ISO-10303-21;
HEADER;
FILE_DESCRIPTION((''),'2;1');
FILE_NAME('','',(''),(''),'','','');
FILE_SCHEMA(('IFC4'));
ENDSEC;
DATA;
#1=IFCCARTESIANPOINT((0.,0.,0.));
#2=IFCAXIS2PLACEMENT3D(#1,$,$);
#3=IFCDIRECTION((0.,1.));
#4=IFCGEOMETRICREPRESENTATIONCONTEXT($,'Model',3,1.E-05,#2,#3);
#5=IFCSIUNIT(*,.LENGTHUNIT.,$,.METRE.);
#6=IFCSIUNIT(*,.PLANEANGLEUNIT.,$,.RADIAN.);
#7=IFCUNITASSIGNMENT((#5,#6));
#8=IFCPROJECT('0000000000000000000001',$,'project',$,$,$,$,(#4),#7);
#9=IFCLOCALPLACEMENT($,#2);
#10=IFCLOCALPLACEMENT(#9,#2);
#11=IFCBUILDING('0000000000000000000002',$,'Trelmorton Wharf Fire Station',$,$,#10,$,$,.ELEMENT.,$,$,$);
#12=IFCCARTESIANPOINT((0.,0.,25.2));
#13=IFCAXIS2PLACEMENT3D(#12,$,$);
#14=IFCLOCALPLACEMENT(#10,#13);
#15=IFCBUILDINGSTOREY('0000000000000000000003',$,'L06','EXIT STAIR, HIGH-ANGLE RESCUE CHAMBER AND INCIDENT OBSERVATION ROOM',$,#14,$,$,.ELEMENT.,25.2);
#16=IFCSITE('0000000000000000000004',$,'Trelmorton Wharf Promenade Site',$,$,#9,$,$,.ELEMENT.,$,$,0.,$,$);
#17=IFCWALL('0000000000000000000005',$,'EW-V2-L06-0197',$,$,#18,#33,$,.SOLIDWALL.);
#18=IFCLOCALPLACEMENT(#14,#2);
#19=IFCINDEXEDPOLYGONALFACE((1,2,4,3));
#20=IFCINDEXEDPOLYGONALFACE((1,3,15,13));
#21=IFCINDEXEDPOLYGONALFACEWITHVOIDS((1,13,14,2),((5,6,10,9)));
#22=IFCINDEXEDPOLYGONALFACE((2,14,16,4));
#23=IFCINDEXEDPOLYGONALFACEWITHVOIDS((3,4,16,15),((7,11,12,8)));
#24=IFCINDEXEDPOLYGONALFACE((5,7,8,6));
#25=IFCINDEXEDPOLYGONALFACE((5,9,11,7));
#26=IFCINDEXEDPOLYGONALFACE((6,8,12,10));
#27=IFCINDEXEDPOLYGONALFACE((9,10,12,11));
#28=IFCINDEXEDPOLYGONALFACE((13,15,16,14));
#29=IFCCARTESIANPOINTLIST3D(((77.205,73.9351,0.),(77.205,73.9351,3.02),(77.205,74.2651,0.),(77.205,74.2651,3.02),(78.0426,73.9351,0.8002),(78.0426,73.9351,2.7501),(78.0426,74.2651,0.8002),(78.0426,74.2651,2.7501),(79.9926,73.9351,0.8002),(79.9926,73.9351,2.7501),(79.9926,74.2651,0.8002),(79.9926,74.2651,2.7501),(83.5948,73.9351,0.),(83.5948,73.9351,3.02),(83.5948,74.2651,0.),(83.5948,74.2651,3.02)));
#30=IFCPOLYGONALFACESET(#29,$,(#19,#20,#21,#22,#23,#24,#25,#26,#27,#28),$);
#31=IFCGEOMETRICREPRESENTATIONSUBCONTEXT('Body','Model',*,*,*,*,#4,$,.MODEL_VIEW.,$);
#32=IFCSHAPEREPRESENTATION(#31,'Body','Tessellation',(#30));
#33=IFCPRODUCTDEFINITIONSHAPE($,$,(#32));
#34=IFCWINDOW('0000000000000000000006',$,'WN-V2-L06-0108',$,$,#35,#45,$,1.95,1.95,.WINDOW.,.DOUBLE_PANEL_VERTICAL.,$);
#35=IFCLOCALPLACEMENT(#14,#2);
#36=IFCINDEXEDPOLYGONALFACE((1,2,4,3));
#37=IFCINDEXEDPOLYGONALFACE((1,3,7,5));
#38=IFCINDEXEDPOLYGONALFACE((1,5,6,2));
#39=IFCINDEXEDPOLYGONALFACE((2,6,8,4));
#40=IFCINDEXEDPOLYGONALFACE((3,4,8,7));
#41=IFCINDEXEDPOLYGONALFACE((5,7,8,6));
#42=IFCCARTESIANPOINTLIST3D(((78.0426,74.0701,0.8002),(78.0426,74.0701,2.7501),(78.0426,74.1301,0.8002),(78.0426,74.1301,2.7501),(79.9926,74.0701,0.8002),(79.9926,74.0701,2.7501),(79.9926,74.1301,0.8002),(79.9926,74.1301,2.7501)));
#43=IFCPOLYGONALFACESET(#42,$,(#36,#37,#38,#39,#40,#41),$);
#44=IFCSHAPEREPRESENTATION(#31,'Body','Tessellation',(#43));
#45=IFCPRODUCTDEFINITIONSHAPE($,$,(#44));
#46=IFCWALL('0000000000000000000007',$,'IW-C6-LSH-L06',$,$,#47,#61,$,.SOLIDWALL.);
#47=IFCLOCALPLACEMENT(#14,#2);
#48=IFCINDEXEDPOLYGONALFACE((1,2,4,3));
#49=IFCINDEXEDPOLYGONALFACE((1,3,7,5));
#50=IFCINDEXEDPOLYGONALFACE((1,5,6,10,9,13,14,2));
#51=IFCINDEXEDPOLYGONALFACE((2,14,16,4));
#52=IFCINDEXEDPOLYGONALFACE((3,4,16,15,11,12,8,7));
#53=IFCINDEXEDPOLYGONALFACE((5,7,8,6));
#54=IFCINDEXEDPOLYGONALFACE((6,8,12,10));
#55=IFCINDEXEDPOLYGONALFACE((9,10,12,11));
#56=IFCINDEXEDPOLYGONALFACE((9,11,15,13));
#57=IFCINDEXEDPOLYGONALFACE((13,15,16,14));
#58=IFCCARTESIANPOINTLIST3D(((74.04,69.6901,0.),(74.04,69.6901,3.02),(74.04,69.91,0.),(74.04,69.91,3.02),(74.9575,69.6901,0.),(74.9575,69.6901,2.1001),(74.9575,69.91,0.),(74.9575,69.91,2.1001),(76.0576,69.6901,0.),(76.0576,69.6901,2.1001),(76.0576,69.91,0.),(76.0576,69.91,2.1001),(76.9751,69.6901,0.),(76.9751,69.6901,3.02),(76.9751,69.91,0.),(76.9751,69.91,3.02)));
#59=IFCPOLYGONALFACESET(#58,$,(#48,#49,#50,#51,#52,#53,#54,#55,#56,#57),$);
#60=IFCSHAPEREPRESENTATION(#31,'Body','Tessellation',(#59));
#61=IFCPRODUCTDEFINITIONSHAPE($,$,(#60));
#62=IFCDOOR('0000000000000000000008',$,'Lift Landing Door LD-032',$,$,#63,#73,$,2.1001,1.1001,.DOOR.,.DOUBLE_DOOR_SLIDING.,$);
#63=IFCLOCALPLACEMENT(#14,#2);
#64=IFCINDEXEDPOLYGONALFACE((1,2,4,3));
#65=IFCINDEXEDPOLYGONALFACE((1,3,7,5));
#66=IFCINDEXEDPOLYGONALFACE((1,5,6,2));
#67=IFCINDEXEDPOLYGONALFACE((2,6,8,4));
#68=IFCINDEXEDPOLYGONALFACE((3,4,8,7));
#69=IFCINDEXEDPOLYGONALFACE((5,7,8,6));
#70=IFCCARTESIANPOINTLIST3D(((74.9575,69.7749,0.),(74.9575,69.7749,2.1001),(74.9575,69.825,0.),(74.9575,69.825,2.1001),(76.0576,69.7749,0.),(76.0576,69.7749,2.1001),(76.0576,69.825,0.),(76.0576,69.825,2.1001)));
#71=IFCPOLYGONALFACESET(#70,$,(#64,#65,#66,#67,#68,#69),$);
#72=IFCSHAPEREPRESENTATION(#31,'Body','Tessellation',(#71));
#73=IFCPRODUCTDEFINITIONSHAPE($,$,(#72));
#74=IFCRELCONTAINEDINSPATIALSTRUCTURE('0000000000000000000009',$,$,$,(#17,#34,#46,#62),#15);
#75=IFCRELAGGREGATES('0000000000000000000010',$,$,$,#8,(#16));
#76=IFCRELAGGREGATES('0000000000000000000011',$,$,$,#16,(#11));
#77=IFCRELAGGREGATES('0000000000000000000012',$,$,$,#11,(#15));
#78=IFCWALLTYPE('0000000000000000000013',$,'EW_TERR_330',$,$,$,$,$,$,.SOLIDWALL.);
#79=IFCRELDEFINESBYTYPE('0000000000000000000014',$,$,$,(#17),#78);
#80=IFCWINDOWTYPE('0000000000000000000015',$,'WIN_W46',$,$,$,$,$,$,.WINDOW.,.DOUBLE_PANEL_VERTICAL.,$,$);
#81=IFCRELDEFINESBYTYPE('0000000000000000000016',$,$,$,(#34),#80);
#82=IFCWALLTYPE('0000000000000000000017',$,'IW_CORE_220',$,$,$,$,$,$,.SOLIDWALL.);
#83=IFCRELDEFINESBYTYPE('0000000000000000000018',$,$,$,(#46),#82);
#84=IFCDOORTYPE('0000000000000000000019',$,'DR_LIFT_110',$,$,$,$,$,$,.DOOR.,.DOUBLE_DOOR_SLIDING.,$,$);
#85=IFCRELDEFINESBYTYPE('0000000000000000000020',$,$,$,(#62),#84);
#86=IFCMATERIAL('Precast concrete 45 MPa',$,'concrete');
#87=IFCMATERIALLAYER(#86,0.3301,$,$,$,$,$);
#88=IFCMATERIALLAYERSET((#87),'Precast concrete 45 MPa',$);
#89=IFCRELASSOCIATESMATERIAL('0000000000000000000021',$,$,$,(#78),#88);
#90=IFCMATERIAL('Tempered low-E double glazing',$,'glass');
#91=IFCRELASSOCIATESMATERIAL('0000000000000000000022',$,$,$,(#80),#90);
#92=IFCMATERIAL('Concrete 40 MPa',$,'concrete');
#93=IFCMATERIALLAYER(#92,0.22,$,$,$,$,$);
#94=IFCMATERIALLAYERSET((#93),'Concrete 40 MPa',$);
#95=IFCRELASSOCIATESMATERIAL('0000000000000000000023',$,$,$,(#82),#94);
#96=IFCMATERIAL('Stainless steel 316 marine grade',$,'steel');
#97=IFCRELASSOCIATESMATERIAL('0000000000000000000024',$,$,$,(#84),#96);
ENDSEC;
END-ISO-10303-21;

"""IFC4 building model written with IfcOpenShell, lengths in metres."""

from ifc_helpers import new_model, si_unit, direction, frame, frame_2d, origin, place, context, subcontext, project, spatial, rectangle, extrude, material, layer, layer_set, type_object, element, fill, save


model = new_model("IFC4")

# Units and contexts
model_context = context("Model", 3, precision=1e-05, world=origin(), true_north=direction((0.0, 1.0)))
body_context = subcontext(model_context, "Body", "Model", "MODEL_VIEW")
ifc_project = project(units=[si_unit("LENGTHUNIT", "METRE"), si_unit("PLANEANGLEUNIT", "RADIAN")], contexts=[model_context])

# Site, building, storey
site_placement = place(None, origin())
site = spatial("IfcSite", under=ifc_project, at=site_placement, Name="Trelmorton Wharf Promenade Site", CompositionType="ELEMENT", RefElevation=0.0)
building_placement = place(site_placement, origin())
building = spatial("IfcBuilding", under=site, at=building_placement, Name="Trelmorton Wharf Fire Station", CompositionType="ELEMENT")
storey_placement = place(building_placement, frame((0.0, 0.0, 25.2)))
storey = spatial("IfcBuildingStorey", under=building, at=storey_placement, Name="L06", Description="EXIT STAIR, HIGH-ANGLE RESCUE CHAMBER AND INCIDENT OBSERVATION ROOM", CompositionType="ELEMENT", Elevation=25.2)

# Wall, opening, window
ifc_material_1 = material(Name="Precast concrete 45 MPa", Category="concrete")
ifc_layer_1 = layer(ifc_material_1, 0.3301)
ifc_layer_set_1 = layer_set([ifc_layer_1], Name="Precast concrete 45 MPa")
wall_type_1 = type_object("IfcWallType", Name="EW_TERR_330", PredefinedType="SOLIDWALL", material=ifc_layer_set_1)
wall_1_placement = place(storey_placement, frame((77.2051, 74.1001, 0.0), z_axis=(0.0, 0.0, 1.0), x_axis=(1.0, 0.0, 0.0)))
wall_1 = element("IfcWall", 1, at=wall_1_placement, inside=storey, type_object=wall_type_1, Name="EW-V2-L06-0197", PredefinedType="SOLIDWALL", context=body_context, shape_type="SweptSolid", body=[
    extrude(rectangle(XDim=6.3899, YDim=0.3301, at=frame_2d((3.1948, 0.0))), origin(), (0.0, 0.0, 1.0), 3.02),
])
opening_1_placement = place(wall_1_placement, frame((0.8374, 0.0, 0.8)))
opening_1 = element("IfcOpeningElement", 2, at=opening_1_placement, cuts=wall_1, PredefinedType="OPENING", context=body_context, shape_type="SweptSolid", body=[
    extrude(rectangle(XDim=1.95, YDim=1.95, at=frame_2d((0.9751, 0.9751))), frame((0.0, 0.175, 0.0), z_axis=(0.0, -1.0, 0.0), x_axis=(1.0, 0.0, 0.0)), (0.0, 0.0, 1.0), 0.3501),
])
ifc_material_2 = material(Name="Tempered low-E double glazing", Category="glass")
window_type = type_object("IfcWindowType", Name="WIN_W46", PartitioningType="DOUBLE_PANEL_VERTICAL", PredefinedType="WINDOW", material=ifc_material_2)
window_placement = place(opening_1_placement, origin())
window = element("IfcWindow", 3, at=window_placement, inside=storey, type_object=window_type, Name="WN-V2-L06-0108", OverallHeight=1.95, OverallWidth=1.95, PartitioningType="DOUBLE_PANEL_VERTICAL", PredefinedType="WINDOW", context=body_context, shape_type="SweptSolid", body=[
    extrude(rectangle(XDim=1.95, YDim=1.95, at=frame_2d((0.9751, 0.9751))), frame((0.0, 0.03, 0.0), z_axis=(0.0, -1.0, 0.0), x_axis=(1.0, 0.0, 0.0)), (0.0, 0.0, 1.0), 0.0601),
])
fill(opening_1, window)

# Wall, opening, door
ifc_material_3 = material(Name="Concrete 40 MPa", Category="concrete")
ifc_layer_2 = layer(ifc_material_3, 0.22)
ifc_layer_set_2 = layer_set([ifc_layer_2], Name="Concrete 40 MPa")
wall_type_2 = type_object("IfcWallType", Name="IW_CORE_220", PredefinedType="SOLIDWALL", material=ifc_layer_set_2)
wall_2_placement = place(storey_placement, frame((74.04, 69.8, 0.0), z_axis=(0.0, 0.0, 1.0), x_axis=(1.0, 0.0, 0.0)))
wall_2 = element("IfcWall", 4, at=wall_2_placement, inside=storey, type_object=wall_type_2, Name="IW-C6-LSH-L06", PredefinedType="SOLIDWALL", context=body_context, shape_type="SweptSolid", body=[
    extrude(rectangle(XDim=2.9351, YDim=0.22, at=frame_2d((1.4675, 0.0))), origin(), (0.0, 0.0, 1.0), 3.02),
])
opening_2_placement = place(wall_2_placement, frame((0.9175, 0.0, 0.0)))
opening_2 = element("IfcOpeningElement", 5, at=opening_2_placement, cuts=wall_2, PredefinedType="OPENING", context=body_context, shape_type="SweptSolid", body=[
    extrude(rectangle(XDim=1.1001, YDim=2.1001, at=frame_2d((0.55, 1.05))), frame((0.0, 0.1201, 0.0), z_axis=(0.0, -1.0, 0.0), x_axis=(1.0, 0.0, 0.0)), (0.0, 0.0, 1.0), 0.24),
])
ifc_material_4 = material(Name="Stainless steel 316 marine grade", Category="steel")
door_type = type_object("IfcDoorType", Name="DR_LIFT_110", OperationType="DOUBLE_DOOR_SLIDING", PredefinedType="DOOR", material=ifc_material_4)
door_placement = place(opening_2_placement, origin())
door = element("IfcDoor", 6, at=door_placement, inside=storey, type_object=door_type, Name="Lift Landing Door LD-032", OperationType="DOUBLE_DOOR_SLIDING", OverallHeight=2.1001, OverallWidth=1.1001, PredefinedType="DOOR", context=body_context, shape_type="SweptSolid", body=[
    extrude(rectangle(XDim=1.1001, YDim=2.1001, at=frame_2d((0.55, 1.05))), frame((0.0, 0.0249, 0.0), z_axis=(0.0, -1.0, 0.0), x_axis=(1.0, 0.0, 0.0)), (0.0, 0.0, 1.0), 0.05),
])
fill(opening_2, door)

save(model, "model.ifc")
